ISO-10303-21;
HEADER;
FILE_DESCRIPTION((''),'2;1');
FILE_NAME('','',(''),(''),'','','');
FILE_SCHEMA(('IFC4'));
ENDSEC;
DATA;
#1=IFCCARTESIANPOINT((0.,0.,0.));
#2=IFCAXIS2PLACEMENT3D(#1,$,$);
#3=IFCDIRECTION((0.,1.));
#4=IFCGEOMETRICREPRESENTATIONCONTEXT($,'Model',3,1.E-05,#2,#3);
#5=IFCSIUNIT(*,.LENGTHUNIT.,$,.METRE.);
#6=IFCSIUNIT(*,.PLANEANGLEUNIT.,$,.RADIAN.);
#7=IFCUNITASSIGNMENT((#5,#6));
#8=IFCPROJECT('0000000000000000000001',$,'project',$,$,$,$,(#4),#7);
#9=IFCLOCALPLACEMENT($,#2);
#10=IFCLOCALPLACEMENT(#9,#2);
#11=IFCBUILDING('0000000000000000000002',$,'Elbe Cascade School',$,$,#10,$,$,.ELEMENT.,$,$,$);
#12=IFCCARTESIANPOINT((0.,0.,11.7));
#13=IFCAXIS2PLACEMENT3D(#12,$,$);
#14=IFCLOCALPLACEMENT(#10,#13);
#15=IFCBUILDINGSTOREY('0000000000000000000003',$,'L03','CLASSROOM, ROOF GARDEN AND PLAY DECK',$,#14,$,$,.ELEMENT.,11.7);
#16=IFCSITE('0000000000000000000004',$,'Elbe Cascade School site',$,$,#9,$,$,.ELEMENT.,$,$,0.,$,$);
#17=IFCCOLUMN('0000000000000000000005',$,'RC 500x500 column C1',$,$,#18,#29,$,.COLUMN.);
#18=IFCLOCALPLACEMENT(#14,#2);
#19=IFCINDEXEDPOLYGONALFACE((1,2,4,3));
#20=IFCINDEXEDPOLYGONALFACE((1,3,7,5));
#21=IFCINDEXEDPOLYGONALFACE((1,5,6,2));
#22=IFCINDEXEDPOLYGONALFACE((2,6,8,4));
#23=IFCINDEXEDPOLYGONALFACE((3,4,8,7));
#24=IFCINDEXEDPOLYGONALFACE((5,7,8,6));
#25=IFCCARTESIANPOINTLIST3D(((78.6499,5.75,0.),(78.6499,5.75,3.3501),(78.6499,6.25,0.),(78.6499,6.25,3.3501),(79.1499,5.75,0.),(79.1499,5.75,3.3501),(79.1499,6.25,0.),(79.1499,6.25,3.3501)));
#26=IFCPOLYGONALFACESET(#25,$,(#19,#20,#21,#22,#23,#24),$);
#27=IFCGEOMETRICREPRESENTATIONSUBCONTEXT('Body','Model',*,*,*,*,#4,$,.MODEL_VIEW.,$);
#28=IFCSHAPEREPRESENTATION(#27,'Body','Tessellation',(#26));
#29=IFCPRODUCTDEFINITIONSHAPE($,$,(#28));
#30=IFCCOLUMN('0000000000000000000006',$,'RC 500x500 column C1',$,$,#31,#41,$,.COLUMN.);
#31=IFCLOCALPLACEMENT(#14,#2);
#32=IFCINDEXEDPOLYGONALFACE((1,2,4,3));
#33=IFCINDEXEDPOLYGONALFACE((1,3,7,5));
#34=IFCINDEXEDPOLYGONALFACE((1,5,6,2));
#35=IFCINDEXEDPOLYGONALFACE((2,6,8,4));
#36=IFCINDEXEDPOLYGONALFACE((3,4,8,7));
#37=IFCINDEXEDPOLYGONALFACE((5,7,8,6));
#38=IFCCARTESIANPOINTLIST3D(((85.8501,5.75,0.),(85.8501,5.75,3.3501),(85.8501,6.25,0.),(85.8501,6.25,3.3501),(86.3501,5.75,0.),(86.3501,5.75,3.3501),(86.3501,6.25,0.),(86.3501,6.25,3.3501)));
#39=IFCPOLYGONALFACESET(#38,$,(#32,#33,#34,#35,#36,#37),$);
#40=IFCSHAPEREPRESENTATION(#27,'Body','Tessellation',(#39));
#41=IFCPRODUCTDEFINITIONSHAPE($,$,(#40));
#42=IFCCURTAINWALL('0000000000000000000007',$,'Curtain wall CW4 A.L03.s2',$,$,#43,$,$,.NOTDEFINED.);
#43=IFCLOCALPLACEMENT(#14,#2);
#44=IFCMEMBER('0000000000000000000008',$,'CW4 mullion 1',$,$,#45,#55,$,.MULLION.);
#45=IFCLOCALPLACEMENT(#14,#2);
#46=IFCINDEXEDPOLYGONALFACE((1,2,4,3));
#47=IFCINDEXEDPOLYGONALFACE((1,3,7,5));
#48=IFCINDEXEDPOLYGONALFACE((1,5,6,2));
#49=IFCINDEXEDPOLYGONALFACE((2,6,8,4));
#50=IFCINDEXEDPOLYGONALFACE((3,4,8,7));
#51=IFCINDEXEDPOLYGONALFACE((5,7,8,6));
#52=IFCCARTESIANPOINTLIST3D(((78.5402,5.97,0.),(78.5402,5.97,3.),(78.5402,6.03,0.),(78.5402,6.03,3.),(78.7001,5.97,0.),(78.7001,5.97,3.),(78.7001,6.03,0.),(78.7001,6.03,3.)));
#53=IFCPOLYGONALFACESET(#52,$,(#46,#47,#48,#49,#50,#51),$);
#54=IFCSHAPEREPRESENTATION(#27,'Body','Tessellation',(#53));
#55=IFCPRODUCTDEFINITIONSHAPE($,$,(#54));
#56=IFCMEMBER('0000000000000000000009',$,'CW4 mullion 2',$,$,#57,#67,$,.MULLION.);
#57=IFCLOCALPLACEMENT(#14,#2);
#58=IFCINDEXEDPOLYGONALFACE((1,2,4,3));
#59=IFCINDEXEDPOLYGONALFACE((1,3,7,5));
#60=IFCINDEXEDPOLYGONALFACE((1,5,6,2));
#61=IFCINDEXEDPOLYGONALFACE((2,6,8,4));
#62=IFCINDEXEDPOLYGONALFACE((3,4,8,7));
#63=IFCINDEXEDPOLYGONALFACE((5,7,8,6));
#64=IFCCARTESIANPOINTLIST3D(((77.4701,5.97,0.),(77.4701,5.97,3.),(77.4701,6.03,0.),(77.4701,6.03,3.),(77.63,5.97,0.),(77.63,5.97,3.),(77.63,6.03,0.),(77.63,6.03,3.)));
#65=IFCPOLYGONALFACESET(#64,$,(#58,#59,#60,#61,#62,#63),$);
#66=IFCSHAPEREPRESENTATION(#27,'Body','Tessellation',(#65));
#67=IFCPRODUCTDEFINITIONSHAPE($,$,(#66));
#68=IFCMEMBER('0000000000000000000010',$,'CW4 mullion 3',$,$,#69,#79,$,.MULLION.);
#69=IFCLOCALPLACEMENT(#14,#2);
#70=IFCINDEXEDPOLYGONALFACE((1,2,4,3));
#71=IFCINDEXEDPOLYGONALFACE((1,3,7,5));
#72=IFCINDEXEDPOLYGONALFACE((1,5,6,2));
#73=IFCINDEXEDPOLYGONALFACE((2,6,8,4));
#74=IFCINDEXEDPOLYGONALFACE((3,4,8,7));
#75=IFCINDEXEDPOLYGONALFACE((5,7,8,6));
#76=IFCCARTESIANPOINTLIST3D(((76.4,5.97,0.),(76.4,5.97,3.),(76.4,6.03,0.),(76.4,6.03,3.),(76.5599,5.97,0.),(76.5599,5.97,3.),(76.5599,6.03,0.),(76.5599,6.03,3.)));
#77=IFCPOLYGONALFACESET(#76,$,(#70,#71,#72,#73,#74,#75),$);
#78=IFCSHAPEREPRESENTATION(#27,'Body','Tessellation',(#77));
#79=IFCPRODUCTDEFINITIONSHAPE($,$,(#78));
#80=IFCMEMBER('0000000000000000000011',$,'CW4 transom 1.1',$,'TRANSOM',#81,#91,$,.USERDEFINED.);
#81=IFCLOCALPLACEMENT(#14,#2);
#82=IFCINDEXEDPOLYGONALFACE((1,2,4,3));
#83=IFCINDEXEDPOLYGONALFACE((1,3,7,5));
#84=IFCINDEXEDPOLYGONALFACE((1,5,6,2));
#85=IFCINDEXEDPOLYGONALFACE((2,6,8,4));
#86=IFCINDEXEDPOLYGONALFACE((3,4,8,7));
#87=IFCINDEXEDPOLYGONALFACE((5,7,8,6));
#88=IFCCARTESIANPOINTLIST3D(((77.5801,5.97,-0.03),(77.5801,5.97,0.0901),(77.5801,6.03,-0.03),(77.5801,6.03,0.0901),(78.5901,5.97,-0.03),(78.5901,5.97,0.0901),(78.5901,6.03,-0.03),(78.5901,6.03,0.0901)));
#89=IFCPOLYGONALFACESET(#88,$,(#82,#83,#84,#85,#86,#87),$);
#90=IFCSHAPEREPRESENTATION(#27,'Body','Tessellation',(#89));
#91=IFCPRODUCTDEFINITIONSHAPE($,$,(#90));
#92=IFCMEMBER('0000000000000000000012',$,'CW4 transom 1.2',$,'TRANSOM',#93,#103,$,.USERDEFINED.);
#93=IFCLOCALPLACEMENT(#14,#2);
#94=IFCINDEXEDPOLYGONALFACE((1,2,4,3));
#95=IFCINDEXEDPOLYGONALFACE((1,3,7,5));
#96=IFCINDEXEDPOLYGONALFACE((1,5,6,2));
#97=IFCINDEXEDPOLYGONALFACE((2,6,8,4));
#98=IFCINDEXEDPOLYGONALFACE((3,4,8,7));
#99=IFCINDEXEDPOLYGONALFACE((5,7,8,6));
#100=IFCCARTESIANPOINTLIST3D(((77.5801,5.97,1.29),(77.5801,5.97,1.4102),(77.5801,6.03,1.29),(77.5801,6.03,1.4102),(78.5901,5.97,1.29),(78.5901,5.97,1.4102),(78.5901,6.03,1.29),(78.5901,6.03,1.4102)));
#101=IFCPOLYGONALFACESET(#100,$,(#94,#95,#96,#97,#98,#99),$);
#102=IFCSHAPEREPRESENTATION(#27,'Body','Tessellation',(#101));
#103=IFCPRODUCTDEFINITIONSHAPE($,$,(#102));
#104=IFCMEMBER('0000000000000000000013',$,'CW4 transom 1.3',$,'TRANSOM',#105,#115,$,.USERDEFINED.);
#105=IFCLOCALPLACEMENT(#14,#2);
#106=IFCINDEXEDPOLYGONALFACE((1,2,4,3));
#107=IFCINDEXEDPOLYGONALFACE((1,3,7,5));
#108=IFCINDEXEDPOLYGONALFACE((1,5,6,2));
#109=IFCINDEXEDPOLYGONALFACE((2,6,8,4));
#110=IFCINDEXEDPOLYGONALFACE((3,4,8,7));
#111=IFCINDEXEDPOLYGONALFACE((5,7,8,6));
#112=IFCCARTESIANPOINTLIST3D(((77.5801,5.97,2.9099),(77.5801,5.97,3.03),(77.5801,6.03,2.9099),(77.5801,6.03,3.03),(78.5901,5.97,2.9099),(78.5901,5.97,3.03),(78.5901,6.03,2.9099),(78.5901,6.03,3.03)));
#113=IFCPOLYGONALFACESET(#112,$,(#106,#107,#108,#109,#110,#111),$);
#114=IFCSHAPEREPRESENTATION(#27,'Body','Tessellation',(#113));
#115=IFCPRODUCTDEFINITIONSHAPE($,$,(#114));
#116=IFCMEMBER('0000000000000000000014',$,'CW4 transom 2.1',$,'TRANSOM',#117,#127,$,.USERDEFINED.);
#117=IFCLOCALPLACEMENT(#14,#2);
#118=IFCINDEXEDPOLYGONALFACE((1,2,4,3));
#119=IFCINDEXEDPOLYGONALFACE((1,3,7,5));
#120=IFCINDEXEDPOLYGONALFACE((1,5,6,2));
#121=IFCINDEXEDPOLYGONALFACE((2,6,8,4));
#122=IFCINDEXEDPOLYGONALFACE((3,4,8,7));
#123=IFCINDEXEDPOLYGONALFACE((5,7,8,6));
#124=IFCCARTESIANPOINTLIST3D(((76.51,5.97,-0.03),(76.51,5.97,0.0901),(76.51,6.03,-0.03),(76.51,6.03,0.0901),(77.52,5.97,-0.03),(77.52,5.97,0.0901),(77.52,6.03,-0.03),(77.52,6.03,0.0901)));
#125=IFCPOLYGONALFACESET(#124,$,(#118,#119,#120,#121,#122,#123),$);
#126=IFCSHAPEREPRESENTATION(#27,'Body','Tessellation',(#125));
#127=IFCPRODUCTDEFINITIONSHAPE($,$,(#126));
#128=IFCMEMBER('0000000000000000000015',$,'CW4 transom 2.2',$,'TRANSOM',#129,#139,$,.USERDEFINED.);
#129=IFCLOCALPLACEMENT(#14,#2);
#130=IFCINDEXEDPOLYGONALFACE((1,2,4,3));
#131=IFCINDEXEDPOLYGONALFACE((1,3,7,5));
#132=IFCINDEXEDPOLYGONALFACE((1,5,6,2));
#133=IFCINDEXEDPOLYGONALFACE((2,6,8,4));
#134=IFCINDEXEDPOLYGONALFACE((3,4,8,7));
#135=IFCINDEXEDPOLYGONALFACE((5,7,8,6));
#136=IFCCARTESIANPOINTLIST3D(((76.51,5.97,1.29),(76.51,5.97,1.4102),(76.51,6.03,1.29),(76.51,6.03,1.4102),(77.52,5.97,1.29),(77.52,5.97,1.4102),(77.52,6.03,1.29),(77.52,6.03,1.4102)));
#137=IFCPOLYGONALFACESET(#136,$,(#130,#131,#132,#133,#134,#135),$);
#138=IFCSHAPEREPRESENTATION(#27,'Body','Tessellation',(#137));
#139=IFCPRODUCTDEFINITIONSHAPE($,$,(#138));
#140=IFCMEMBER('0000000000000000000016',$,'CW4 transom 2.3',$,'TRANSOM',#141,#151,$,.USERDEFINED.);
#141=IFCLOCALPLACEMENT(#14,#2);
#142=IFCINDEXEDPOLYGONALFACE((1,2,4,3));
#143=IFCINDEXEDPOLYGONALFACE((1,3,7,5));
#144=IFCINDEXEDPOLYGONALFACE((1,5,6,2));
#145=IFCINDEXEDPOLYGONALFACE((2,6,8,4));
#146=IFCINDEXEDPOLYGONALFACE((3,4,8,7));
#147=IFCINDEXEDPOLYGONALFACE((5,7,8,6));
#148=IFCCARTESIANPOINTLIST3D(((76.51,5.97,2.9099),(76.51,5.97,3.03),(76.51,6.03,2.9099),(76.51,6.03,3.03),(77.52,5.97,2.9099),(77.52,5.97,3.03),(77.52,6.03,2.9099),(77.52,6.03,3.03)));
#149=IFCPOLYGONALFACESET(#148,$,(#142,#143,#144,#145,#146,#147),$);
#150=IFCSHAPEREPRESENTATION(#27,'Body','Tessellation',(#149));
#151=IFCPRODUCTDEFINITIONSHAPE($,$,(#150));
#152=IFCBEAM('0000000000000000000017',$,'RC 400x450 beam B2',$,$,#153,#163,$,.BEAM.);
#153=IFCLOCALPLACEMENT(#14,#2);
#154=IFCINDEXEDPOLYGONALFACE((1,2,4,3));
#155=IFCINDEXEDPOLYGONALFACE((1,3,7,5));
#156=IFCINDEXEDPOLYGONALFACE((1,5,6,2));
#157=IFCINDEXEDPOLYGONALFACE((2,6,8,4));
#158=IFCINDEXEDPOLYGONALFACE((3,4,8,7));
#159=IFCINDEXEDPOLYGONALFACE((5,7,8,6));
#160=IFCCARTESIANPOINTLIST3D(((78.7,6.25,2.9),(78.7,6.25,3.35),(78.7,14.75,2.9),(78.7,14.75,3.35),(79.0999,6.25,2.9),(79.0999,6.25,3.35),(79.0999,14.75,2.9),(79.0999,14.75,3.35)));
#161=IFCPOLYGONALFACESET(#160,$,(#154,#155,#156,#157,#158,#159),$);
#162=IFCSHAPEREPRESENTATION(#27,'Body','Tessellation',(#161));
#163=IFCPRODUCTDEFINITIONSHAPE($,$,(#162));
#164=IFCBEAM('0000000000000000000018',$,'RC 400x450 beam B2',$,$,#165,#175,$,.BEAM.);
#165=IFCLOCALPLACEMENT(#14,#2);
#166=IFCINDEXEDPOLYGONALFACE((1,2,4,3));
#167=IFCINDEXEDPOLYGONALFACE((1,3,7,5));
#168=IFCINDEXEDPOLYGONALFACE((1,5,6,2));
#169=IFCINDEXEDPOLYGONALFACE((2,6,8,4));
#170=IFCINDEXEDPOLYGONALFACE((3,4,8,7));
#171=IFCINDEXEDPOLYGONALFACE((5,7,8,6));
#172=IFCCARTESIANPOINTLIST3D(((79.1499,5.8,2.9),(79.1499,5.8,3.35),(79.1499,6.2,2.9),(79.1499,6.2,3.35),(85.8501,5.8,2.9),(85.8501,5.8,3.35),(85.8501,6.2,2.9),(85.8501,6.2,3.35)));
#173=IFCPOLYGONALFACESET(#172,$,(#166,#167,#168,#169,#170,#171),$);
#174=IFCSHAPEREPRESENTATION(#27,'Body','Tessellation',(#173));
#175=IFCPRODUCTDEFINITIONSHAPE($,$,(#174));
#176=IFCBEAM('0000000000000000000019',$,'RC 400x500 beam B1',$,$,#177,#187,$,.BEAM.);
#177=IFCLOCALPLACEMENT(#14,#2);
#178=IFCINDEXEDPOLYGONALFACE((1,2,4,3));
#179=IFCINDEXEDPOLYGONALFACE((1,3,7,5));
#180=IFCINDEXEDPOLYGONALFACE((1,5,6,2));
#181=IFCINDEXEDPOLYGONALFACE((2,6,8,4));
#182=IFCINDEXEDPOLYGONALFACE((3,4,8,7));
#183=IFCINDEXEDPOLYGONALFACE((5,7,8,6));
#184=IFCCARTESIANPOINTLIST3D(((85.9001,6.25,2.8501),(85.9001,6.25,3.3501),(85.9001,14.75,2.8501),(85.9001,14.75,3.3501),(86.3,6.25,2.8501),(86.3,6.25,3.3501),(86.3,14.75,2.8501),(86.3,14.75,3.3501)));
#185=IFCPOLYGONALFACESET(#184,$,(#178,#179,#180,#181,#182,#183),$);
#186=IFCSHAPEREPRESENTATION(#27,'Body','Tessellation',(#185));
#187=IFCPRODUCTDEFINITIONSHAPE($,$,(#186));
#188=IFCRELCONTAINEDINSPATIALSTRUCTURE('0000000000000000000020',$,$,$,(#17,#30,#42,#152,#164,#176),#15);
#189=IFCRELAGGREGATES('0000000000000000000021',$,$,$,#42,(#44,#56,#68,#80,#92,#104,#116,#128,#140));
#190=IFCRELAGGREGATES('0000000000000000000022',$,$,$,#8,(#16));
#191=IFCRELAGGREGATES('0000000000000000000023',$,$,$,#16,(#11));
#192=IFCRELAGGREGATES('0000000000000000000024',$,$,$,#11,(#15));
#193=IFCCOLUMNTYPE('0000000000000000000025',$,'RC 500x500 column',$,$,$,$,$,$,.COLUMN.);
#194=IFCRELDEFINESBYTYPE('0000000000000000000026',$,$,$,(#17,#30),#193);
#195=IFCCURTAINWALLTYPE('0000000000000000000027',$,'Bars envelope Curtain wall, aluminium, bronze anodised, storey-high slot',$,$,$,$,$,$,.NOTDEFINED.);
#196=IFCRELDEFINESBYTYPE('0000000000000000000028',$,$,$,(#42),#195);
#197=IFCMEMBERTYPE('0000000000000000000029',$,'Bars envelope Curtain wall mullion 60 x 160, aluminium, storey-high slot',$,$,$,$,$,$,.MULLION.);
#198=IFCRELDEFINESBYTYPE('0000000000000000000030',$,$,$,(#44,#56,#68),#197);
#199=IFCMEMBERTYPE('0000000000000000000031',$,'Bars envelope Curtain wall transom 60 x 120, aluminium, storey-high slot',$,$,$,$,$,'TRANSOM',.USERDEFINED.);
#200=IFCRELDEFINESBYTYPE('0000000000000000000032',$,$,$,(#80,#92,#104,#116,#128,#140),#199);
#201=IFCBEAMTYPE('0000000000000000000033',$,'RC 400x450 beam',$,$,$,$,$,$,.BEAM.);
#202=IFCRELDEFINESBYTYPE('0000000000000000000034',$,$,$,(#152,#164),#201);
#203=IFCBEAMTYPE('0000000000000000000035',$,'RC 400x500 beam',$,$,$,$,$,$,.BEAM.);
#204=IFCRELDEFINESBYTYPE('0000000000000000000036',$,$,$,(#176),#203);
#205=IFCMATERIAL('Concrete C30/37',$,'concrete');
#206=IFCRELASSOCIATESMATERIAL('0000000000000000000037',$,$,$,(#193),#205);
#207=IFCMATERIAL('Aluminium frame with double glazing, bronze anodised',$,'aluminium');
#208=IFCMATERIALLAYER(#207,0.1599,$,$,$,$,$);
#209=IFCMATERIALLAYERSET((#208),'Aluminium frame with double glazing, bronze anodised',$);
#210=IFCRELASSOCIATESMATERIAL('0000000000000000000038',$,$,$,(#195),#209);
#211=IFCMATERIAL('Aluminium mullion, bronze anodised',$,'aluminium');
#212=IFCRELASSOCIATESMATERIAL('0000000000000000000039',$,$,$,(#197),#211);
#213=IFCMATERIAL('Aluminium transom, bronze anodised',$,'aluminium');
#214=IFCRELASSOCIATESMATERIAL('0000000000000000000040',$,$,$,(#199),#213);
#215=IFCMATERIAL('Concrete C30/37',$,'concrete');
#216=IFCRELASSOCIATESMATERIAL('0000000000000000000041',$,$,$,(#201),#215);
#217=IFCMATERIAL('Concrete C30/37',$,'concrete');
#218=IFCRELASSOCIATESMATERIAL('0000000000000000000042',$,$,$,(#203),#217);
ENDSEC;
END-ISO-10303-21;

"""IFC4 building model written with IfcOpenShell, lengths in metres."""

from ifc_helpers import new_model, si_unit, direction, frame, origin, origin_2d, place, context, subcontext, project, spatial, rectangle, extrude, material, layer, layer_set, material_profile, profile_set, type_object, element, aggregate, save


model = new_model("IFC4")

# Units and contexts
model_context = context("Model", 3, precision=1e-05, world=origin(), true_north=direction((0.0, 1.0)))
body_context = subcontext(model_context, "Body", "Model", "MODEL_VIEW")
ifc_project = project(units=[si_unit("LENGTHUNIT", "METRE"), si_unit("PLANEANGLEUNIT", "RADIAN")], contexts=[model_context])

# Site, building, storey
site_placement = place(None, origin())
site = spatial("IfcSite", under=ifc_project, at=site_placement, Name="Elbe Cascade School site", CompositionType="ELEMENT", RefElevation=0.0)
building_placement = place(site_placement, origin())
building = spatial("IfcBuilding", under=site, at=building_placement, Name="Elbe Cascade School", CompositionType="ELEMENT")
storey_placement = place(building_placement, frame((0.0, 0.0, 11.7)))
storey = spatial("IfcBuildingStorey", under=building, at=storey_placement, Name="L03", Description="CLASSROOM, ROOF GARDEN AND PLAY DECK", CompositionType="ELEMENT", Elevation=11.7)

# Columns
ifc_material_1 = material(Name="Concrete C30/37", Category="concrete")
ifc_material_profile_1 = material_profile(ifc_material_1, rectangle(XDim=0.5, YDim=0.5, at=origin_2d()), Name="RC 500x500")
ifc_profile_set_1 = profile_set([ifc_material_profile_1], Name="Concrete C30/37")
column_type = type_object("IfcColumnType", Name="RC 500x500 column", PredefinedType="COLUMN", material=ifc_profile_set_1)
for number, where, z_axis, x_axis, name in (
    (1, (78.8999, 6.0, 0.0), (0.0, 0.0, 1.0), (1.0, 0.0, 0.0), "RC 500x500 column C1"),
    (2, (86.1001, 6.0, 0.0), (0.0, 0.0, 1.0), (1.0, 0.0, 0.0), "RC 500x500 column C1"),
):
    element("IfcColumn", number, at=place(storey_placement, frame(where, z_axis=z_axis, x_axis=x_axis)), inside=storey, type_object=column_type, Name=name, PredefinedType="COLUMN", context=body_context, shape_type="SweptSolid", body=[
        extrude(rectangle(XDim=0.5, YDim=0.5, at=origin_2d()), origin(), (0.0, 0.0, 1.0), 3.3501),
    ])

# Curtain wall, members
ifc_material_2 = material(Name="Aluminium frame with double glazing, bronze anodised", Category="aluminium")
ifc_layer_1 = layer(ifc_material_2, 0.1599)
ifc_layer_set_1 = layer_set([ifc_layer_1], Name="Aluminium frame with double glazing, bronze anodised")
curtain_wall_type = type_object("IfcCurtainWallType", Name="Bars envelope Curtain wall, aluminium, bronze anodised, storey-high slot", PredefinedType="NOTDEFINED", material=ifc_layer_set_1)
curtain_wall_placement = place(storey_placement, origin())
curtain_wall = element("IfcCurtainWall", 3, at=curtain_wall_placement, inside=storey, type_object=curtain_wall_type, Name="Curtain wall CW4 A.L03.s2", PredefinedType="NOTDEFINED")
ifc_material_3 = material(Name="Aluminium mullion, bronze anodised", Category="aluminium")
ifc_material_profile_2 = material_profile(ifc_material_3, rectangle(XDim=0.0601, YDim=0.1599, at=origin_2d()), Name="Bars envelope Curtain wall mullion 60 x 160, aluminium, storey-high slot")
ifc_profile_set_2 = profile_set([ifc_material_profile_2], Name="Aluminium mullion, bronze anodised")
member_type_1 = type_object("IfcMemberType", Name="Bars envelope Curtain wall mullion 60 x 160, aluminium, storey-high slot", PredefinedType="MULLION", material=ifc_profile_set_2)
member_1_placement = place(storey_placement, frame((78.6201, 6.0, 0.0), z_axis=(0.0, 0.0, 1.0), x_axis=(0.0, -1.0, 0.0)))
member_1 = element("IfcMember", 4, at=member_1_placement, type_object=member_type_1, Name="CW4 mullion 1", PredefinedType="MULLION", context=body_context, shape_type="SweptSolid", body=[
    extrude(rectangle(XDim=0.0601, YDim=0.1599, at=origin_2d()), origin(), (0.0, 0.0, 1.0), 3.0),
])
member_2_placement = place(storey_placement, frame((77.55, 6.0, 0.0), z_axis=(0.0, 0.0, 1.0), x_axis=(0.0, -1.0, 0.0)))
member_2 = element("IfcMember", 5, at=member_2_placement, type_object=member_type_1, Name="CW4 mullion 2", PredefinedType="MULLION", context=body_context, shape_type="SweptSolid", body=[
    extrude(rectangle(XDim=0.0601, YDim=0.1599, at=origin_2d()), origin(), (0.0, 0.0, 1.0), 3.0),
])
member_3_placement = place(storey_placement, frame((76.48, 6.0, 0.0), z_axis=(0.0, 0.0, 1.0), x_axis=(0.0, -1.0, 0.0)))
member_3 = element("IfcMember", 6, at=member_3_placement, type_object=member_type_1, Name="CW4 mullion 3", PredefinedType="MULLION", context=body_context, shape_type="SweptSolid", body=[
    extrude(rectangle(XDim=0.0601, YDim=0.1599, at=origin_2d()), origin(), (0.0, 0.0, 1.0), 3.0),
])
ifc_material_4 = material(Name="Aluminium transom, bronze anodised", Category="aluminium")
ifc_material_profile_3 = material_profile(ifc_material_4, rectangle(XDim=0.0601, YDim=0.1201, at=origin_2d()), Name="Bars envelope Curtain wall transom 60 x 120, aluminium, storey-high slot")
ifc_profile_set_3 = profile_set([ifc_material_profile_3], Name="Aluminium transom, bronze anodised")
member_type_2 = type_object("IfcMemberType", Name="Bars envelope Curtain wall transom 60 x 120, aluminium, storey-high slot", ElementType="TRANSOM", PredefinedType="USERDEFINED", material=ifc_profile_set_3)
member_4_placement = place(storey_placement, frame((78.5901, 6.0, 0.03), z_axis=(-1.0, 0.0, 0.0), x_axis=(0.0, -1.0, 0.0)))
member_4 = element("IfcMember", 7, at=member_4_placement, type_object=member_type_2, Name="CW4 transom 1.1", ObjectType="TRANSOM", PredefinedType="USERDEFINED", context=body_context, shape_type="SweptSolid", body=[
    extrude(rectangle(XDim=0.0601, YDim=0.1201, at=origin_2d()), origin(), (0.0, 0.0, 1.0), 1.01),
])
member_5_placement = place(storey_placement, frame((78.5901, 6.0, 1.3501), z_axis=(-1.0, 0.0, 0.0), x_axis=(0.0, -1.0, 0.0)))
member_5 = element("IfcMember", 8, at=member_5_placement, type_object=member_type_2, Name="CW4 transom 1.2", ObjectType="TRANSOM", PredefinedType="USERDEFINED", context=body_context, shape_type="SweptSolid", body=[
    extrude(rectangle(XDim=0.0601, YDim=0.1201, at=origin_2d()), origin(), (0.0, 0.0, 1.0), 1.01),
])
member_6_placement = place(storey_placement, frame((78.5901, 6.0, 2.97), z_axis=(-1.0, 0.0, 0.0), x_axis=(0.0, -1.0, 0.0)))
member_6 = element("IfcMember", 9, at=member_6_placement, type_object=member_type_2, Name="CW4 transom 1.3", ObjectType="TRANSOM", PredefinedType="USERDEFINED", context=body_context, shape_type="SweptSolid", body=[
    extrude(rectangle(XDim=0.0601, YDim=0.1201, at=origin_2d()), origin(), (0.0, 0.0, 1.0), 1.01),
])
member_7_placement = place(storey_placement, frame((77.52, 6.0, 0.03), z_axis=(-1.0, 0.0, 0.0), x_axis=(0.0, -1.0, 0.0)))
member_7 = element("IfcMember", 10, at=member_7_placement, type_object=member_type_2, Name="CW4 transom 2.1", ObjectType="TRANSOM", PredefinedType="USERDEFINED", context=body_context, shape_type="SweptSolid", body=[
    extrude(rectangle(XDim=0.0601, YDim=0.1201, at=origin_2d()), origin(), (0.0, 0.0, 1.0), 1.01),
])
member_8_placement = place(storey_placement, frame((77.52, 6.0, 1.3501), z_axis=(-1.0, 0.0, 0.0), x_axis=(0.0, -1.0, 0.0)))
member_8 = element("IfcMember", 11, at=member_8_placement, type_object=member_type_2, Name="CW4 transom 2.2", ObjectType="TRANSOM", PredefinedType="USERDEFINED", context=body_context, shape_type="SweptSolid", body=[
    extrude(rectangle(XDim=0.0601, YDim=0.1201, at=origin_2d()), origin(), (0.0, 0.0, 1.0), 1.01),
])
member_9_placement = place(storey_placement, frame((77.52, 6.0, 2.97), z_axis=(-1.0, 0.0, 0.0), x_axis=(0.0, -1.0, 0.0)))
member_9 = element("IfcMember", 12, at=member_9_placement, type_object=member_type_2, Name="CW4 transom 2.3", ObjectType="TRANSOM", PredefinedType="USERDEFINED", context=body_context, shape_type="SweptSolid", body=[
    extrude(rectangle(XDim=0.0601, YDim=0.1201, at=origin_2d()), origin(), (0.0, 0.0, 1.0), 1.01),
])

# Beams
ifc_material_5 = material(Name="Concrete C30/37", Category="concrete")
ifc_material_profile_4 = material_profile(ifc_material_5, rectangle(XDim=0.3999, YDim=0.45, at=origin_2d()), Name="RC 400x450")
ifc_profile_set_4 = profile_set([ifc_material_profile_4], Name="Concrete C30/37")
beam_type_1 = type_object("IfcBeamType", Name="RC 400x450 beam", PredefinedType="BEAM", material=ifc_profile_set_4)
beam_1_placement = place(storey_placement, frame((78.8999, 6.25, 3.125), z_axis=(0.0, 1.0, 0.0), x_axis=(-1.0, 0.0, 0.0)))
element("IfcBeam", 13, at=beam_1_placement, inside=storey, type_object=beam_type_1, Name="RC 400x450 beam B2", PredefinedType="BEAM", context=body_context, shape_type="SweptSolid", body=[
    extrude(rectangle(XDim=0.3999, YDim=0.45, at=origin_2d()), origin(), (0.0, 0.0, 1.0), 8.5),
])
beam_2_placement = place(storey_placement, frame((79.1499, 6.0, 3.125), z_axis=(1.0, 0.0, 0.0), x_axis=(0.0, 1.0, 0.0)))
element("IfcBeam", 14, at=beam_2_placement, inside=storey, type_object=beam_type_1, Name="RC 400x450 beam B2", PredefinedType="BEAM", context=body_context, shape_type="SweptSolid", body=[
    extrude(rectangle(XDim=0.3999, YDim=0.45, at=origin_2d()), origin(), (0.0, 0.0, 1.0), 6.7002),
])
ifc_material_6 = material(Name="Concrete C30/37", Category="concrete")
ifc_material_profile_5 = material_profile(ifc_material_6, rectangle(XDim=0.3999, YDim=0.5, at=origin_2d()), Name="RC 400x500")
ifc_profile_set_5 = profile_set([ifc_material_profile_5], Name="Concrete C30/37")
beam_type_2 = type_object("IfcBeamType", Name="RC 400x500 beam", PredefinedType="BEAM", material=ifc_profile_set_5)
beam_3_placement = place(storey_placement, frame((86.1001, 6.25, 3.1001), z_axis=(0.0, 1.0, 0.0), x_axis=(-1.0, 0.0, 0.0)))
element("IfcBeam", 15, at=beam_3_placement, inside=storey, type_object=beam_type_2, Name="RC 400x500 beam B1", PredefinedType="BEAM", context=body_context, shape_type="SweptSolid", body=[
    extrude(rectangle(XDim=0.3999, YDim=0.5, at=origin_2d()), origin(), (0.0, 0.0, 1.0), 8.5),
])

aggregate(curtain_wall, [member_1, member_2, member_3, member_4, member_5, member_6, member_7, member_8, member_9])

save(model, "model.ifc")
